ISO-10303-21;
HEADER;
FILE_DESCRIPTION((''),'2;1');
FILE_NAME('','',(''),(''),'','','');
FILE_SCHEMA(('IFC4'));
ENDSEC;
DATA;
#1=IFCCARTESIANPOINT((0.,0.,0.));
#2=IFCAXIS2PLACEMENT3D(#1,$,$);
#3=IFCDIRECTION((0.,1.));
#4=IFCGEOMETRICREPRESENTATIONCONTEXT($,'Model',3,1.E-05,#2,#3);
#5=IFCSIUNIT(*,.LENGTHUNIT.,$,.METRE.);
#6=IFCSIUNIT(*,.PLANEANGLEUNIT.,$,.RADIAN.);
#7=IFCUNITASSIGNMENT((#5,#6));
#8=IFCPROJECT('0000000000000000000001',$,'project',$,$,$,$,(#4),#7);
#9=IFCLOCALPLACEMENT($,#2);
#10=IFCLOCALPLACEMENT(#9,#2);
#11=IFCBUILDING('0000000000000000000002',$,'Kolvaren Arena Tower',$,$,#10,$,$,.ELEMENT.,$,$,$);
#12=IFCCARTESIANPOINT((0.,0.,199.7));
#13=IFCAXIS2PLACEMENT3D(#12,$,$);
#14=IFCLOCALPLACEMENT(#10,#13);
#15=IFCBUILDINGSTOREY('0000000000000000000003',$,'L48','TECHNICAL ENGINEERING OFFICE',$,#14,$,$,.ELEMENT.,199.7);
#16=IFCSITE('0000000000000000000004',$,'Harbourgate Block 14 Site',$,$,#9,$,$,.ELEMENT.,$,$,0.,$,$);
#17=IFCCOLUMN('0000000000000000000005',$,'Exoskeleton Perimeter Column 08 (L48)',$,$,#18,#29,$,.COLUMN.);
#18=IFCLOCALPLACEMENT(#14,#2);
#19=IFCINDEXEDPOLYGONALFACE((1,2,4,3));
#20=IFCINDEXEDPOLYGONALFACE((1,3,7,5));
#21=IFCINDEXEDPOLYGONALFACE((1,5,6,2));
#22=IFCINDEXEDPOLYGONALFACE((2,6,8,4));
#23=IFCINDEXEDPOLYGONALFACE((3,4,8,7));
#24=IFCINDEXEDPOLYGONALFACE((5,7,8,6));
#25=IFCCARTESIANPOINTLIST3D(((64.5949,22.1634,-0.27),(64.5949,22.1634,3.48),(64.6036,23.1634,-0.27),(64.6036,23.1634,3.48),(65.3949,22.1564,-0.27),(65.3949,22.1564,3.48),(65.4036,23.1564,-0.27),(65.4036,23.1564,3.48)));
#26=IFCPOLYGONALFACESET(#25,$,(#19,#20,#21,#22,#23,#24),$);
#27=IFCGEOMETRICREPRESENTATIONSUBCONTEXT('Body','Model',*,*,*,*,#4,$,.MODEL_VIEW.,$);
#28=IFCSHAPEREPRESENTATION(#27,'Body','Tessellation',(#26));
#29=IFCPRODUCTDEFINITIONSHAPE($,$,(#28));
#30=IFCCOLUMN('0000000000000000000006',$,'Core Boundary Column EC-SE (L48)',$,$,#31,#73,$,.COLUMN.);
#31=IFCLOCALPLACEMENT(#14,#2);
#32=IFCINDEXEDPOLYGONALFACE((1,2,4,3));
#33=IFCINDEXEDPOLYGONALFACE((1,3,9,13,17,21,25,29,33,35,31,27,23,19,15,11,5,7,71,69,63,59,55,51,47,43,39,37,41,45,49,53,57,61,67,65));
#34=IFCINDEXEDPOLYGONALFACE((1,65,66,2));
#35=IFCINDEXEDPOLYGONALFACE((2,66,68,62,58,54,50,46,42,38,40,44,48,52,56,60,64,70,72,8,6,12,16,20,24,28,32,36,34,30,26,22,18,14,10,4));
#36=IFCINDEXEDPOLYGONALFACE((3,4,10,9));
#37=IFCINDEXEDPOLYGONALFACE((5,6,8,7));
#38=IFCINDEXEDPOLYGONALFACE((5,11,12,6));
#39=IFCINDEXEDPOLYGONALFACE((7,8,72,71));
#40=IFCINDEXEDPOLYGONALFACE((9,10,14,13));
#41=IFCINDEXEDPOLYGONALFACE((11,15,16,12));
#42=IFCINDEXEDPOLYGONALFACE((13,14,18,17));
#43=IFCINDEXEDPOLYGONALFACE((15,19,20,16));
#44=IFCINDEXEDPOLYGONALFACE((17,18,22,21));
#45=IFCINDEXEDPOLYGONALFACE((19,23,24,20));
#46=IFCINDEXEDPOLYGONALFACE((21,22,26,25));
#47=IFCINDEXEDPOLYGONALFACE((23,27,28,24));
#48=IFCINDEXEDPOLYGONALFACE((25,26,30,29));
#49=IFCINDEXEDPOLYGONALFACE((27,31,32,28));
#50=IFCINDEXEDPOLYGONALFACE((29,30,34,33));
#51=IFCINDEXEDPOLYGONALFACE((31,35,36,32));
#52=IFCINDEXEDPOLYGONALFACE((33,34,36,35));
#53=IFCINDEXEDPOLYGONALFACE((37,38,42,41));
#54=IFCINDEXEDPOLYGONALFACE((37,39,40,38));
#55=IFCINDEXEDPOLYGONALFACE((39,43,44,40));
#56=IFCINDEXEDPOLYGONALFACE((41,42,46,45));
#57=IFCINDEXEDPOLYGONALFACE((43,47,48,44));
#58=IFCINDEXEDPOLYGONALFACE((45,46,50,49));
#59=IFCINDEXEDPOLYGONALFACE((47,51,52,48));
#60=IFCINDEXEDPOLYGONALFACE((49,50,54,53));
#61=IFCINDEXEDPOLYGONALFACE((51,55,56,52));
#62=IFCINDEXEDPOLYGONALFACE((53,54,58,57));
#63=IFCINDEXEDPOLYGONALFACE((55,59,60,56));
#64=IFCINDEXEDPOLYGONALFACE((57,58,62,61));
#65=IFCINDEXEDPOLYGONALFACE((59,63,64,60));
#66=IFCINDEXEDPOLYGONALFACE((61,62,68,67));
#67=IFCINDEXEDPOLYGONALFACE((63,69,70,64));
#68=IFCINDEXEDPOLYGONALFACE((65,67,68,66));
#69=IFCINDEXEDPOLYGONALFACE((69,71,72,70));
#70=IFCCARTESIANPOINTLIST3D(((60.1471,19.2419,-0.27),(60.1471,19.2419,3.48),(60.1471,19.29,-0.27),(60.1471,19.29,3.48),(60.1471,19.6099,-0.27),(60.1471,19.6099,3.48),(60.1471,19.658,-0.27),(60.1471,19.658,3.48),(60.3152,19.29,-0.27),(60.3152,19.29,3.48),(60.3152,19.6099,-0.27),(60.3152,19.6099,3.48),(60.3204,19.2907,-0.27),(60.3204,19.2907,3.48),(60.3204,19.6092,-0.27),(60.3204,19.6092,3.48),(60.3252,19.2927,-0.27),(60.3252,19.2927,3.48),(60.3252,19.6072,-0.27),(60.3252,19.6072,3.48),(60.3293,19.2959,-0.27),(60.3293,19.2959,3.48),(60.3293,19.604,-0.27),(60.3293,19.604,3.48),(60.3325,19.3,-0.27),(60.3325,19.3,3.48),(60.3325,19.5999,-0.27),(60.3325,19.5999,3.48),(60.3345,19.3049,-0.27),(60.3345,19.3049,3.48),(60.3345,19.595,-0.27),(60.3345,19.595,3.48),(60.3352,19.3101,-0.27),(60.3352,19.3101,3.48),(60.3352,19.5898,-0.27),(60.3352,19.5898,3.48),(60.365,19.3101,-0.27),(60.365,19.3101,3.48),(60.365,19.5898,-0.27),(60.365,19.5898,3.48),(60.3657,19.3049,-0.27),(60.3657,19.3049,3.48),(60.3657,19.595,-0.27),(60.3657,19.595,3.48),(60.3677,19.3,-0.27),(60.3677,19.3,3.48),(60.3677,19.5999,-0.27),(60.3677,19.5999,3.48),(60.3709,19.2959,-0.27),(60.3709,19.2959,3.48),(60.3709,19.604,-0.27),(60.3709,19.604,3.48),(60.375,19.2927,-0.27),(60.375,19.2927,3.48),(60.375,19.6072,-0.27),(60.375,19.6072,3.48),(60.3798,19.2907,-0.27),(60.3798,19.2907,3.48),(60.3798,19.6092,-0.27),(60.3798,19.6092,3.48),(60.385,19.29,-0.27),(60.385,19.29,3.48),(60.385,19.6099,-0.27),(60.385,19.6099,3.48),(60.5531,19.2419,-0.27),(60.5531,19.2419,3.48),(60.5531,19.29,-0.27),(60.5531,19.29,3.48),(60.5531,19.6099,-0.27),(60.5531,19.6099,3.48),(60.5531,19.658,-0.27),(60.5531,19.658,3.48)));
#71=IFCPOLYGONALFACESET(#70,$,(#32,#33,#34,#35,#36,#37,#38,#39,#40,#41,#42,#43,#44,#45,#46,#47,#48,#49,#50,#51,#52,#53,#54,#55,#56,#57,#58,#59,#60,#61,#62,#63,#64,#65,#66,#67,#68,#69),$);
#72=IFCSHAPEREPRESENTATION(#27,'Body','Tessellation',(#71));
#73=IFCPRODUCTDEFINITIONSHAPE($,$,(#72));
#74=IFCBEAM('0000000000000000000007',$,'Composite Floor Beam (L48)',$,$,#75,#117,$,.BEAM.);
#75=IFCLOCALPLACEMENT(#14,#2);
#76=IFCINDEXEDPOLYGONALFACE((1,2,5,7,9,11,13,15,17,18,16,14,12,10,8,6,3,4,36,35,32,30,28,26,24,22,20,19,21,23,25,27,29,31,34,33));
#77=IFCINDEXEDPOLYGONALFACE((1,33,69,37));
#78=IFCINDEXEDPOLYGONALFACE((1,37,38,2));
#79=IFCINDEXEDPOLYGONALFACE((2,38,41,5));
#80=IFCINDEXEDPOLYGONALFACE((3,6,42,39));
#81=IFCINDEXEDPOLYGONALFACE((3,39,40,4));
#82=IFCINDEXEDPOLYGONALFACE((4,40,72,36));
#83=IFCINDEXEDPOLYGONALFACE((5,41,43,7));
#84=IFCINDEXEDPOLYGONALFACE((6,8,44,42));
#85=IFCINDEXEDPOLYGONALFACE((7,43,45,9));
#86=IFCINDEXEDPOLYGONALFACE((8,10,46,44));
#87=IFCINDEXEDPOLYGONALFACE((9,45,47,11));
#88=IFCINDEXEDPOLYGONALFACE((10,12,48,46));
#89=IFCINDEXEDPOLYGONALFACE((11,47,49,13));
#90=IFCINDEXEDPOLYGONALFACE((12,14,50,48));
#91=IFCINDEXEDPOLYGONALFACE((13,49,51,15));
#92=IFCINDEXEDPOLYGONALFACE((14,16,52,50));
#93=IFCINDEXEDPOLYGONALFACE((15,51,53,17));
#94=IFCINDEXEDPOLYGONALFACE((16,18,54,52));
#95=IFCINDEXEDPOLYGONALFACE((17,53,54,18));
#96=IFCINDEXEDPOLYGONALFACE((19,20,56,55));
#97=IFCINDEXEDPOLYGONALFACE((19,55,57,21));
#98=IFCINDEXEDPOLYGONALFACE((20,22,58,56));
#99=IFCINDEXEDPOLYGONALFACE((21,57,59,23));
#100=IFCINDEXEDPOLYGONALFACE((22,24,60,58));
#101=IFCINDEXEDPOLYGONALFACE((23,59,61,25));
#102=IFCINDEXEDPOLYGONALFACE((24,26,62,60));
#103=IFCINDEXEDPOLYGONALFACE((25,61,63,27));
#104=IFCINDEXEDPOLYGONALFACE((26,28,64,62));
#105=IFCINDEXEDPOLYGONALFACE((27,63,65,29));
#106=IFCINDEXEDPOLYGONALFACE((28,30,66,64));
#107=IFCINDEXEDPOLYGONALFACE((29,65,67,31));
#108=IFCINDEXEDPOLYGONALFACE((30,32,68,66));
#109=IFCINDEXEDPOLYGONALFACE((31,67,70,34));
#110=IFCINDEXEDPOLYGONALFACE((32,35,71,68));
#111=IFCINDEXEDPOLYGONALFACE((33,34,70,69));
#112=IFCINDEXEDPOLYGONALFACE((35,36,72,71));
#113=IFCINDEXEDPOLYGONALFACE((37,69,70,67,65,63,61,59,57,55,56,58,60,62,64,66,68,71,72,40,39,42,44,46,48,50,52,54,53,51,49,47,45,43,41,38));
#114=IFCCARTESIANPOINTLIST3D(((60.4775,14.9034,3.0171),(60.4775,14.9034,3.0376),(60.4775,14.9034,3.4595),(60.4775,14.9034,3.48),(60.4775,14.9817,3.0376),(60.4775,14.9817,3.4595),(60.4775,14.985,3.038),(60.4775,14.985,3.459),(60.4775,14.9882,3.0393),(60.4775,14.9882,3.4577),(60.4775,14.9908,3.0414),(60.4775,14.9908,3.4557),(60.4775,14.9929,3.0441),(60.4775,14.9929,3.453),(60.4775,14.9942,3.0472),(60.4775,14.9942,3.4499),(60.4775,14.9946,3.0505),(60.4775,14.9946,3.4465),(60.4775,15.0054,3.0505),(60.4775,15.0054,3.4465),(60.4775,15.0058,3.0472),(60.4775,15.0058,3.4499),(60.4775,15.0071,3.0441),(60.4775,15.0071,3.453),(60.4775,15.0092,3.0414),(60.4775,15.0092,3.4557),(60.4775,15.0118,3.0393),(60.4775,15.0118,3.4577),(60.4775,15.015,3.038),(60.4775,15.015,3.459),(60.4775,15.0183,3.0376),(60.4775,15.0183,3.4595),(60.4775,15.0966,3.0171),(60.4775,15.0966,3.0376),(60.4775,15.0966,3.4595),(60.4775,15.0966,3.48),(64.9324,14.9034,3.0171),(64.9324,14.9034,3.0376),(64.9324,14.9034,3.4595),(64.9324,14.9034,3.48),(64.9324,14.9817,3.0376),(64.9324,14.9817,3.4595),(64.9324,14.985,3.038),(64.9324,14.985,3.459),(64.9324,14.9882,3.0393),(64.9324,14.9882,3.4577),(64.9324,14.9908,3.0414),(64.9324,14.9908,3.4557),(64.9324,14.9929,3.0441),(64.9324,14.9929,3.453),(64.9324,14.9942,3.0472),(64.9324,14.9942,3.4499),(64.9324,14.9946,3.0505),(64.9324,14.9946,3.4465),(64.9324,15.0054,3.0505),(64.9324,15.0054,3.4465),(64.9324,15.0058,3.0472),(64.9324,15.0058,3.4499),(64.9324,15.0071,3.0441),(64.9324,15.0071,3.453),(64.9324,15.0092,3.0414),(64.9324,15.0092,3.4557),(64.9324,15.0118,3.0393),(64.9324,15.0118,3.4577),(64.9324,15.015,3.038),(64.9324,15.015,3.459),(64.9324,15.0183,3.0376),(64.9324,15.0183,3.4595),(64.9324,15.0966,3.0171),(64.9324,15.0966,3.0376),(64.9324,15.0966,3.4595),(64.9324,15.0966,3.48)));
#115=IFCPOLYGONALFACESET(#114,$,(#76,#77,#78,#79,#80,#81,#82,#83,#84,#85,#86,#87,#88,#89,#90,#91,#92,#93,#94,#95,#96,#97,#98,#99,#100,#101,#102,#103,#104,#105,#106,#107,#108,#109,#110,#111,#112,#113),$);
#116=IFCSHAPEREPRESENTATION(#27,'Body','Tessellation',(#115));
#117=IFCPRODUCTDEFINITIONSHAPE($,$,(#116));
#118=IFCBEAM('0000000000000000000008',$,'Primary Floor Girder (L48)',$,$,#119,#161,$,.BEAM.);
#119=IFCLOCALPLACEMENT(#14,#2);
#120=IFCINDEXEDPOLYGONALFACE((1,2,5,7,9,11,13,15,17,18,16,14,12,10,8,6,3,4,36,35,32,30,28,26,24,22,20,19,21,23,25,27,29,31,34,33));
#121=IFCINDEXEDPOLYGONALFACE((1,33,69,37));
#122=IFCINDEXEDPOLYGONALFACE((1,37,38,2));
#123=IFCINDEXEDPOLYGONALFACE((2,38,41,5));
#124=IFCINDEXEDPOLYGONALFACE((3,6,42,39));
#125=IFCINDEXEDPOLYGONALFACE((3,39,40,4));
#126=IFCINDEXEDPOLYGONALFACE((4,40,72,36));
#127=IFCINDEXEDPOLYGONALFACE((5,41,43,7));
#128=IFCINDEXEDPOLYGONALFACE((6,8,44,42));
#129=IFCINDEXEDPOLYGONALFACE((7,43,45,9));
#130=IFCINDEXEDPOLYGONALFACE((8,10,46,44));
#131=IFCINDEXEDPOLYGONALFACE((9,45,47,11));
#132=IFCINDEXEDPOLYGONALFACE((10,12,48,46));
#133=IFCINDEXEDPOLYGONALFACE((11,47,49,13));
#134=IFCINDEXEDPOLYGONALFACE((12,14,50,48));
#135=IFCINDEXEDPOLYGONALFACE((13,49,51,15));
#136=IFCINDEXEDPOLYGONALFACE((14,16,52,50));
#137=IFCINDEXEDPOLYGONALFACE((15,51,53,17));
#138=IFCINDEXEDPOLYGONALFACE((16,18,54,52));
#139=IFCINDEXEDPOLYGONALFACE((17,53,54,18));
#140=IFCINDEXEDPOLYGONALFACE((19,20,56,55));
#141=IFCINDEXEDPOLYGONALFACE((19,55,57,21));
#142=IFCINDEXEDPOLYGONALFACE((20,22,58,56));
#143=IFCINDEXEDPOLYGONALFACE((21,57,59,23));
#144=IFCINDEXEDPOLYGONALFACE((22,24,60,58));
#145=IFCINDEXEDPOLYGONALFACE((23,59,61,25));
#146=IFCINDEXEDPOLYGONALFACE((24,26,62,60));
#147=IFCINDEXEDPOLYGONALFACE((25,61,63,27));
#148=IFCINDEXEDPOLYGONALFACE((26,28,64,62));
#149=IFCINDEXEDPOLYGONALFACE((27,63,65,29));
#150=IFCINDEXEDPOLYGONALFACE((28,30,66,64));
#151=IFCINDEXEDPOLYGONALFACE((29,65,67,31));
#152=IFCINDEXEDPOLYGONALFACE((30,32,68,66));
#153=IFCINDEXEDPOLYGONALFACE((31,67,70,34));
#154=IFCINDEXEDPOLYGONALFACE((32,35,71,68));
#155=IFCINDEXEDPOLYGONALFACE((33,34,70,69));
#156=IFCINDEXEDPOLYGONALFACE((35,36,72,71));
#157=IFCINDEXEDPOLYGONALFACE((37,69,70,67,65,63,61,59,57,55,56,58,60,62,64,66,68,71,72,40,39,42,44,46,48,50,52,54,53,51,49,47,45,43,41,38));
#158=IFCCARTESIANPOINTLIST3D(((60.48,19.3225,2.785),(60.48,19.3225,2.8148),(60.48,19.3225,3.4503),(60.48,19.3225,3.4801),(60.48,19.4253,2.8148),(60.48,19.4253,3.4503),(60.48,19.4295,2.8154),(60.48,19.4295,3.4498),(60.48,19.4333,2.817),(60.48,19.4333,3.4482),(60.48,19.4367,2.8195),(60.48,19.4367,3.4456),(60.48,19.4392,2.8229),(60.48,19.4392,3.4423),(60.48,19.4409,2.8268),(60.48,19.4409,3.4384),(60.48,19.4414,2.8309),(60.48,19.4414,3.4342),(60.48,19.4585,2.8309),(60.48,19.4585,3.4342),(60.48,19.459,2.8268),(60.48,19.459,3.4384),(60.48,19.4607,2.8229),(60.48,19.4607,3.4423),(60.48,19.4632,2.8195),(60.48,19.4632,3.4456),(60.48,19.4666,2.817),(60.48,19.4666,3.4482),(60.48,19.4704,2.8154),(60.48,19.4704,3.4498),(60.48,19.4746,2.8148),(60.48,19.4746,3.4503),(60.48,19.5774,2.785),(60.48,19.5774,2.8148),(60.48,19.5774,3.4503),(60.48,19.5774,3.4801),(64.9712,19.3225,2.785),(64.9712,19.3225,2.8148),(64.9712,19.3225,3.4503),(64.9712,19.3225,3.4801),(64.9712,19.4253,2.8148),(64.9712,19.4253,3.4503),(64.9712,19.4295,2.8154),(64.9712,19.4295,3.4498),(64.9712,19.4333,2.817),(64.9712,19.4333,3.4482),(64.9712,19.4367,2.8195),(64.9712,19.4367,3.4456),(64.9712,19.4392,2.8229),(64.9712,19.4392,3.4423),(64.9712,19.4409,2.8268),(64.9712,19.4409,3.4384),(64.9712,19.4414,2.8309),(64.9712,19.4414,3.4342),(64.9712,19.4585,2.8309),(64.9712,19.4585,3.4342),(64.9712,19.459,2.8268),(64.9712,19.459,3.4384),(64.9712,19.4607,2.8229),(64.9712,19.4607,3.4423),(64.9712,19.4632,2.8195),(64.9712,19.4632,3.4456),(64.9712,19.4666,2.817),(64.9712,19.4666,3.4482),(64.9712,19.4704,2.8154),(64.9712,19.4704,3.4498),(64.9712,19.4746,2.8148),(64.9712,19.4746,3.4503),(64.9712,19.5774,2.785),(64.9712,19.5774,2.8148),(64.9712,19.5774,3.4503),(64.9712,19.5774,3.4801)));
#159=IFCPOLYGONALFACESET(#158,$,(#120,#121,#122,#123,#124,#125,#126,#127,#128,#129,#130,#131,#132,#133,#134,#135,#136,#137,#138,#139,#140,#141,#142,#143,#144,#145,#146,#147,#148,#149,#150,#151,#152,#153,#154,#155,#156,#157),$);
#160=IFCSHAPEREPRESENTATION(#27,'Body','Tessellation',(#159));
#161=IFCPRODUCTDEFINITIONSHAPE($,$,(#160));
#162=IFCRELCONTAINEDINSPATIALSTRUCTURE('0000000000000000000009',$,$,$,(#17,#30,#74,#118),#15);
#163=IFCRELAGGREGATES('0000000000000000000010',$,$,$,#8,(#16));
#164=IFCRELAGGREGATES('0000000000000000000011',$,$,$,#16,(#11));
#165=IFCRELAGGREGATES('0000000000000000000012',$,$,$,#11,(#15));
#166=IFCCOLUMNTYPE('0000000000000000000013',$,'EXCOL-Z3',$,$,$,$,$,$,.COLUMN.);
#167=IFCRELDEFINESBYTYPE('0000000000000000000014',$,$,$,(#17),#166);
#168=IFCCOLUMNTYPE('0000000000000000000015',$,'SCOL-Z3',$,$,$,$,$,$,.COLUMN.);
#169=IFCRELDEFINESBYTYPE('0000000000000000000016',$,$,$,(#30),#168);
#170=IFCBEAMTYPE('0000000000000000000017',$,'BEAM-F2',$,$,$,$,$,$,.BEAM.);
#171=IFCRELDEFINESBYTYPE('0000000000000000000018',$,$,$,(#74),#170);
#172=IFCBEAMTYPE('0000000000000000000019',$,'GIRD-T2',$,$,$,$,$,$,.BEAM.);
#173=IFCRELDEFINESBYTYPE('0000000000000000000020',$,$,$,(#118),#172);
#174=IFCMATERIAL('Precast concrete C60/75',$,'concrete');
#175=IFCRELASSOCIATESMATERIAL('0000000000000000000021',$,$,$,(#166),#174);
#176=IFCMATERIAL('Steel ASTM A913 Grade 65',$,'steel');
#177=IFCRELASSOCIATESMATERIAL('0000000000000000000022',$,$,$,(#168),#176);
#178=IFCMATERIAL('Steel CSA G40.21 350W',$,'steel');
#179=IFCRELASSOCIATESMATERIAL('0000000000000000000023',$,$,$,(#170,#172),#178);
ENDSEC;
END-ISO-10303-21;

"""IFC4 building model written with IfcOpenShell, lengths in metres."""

from ifc_helpers import new_model, si_unit, direction, frame, origin, origin_2d, place, context, subcontext, project, spatial, rectangle, i_section, extrude, material, material_profile, profile_set, type_object, element, save


model = new_model("IFC4")

# Units and contexts
model_context = context("Model", 3, precision=1e-05, world=origin(), true_north=direction((0.0, 1.0)))
body_context = subcontext(model_context, "Body", "Model", "MODEL_VIEW")
ifc_project = project(units=[si_unit("LENGTHUNIT", "METRE"), si_unit("PLANEANGLEUNIT", "RADIAN")], contexts=[model_context])

# Site, building, storey
site_placement = place(None, origin())
site = spatial("IfcSite", under=ifc_project, at=site_placement, Name="Harbourgate Block 14 Site", CompositionType="ELEMENT", RefElevation=0.0)
building_placement = place(site_placement, origin())
building = spatial("IfcBuilding", under=site, at=building_placement, Name="Kolvaren Arena Tower", CompositionType="ELEMENT")
storey_placement = place(building_placement, frame((0.0, 0.0, 199.7)))
storey = spatial("IfcBuildingStorey", under=building, at=storey_placement, Name="L48", Description="TECHNICAL ENGINEERING OFFICE", CompositionType="ELEMENT", Elevation=199.7)

# Columns
ifc_material_1 = material(Name="Precast concrete C60/75", Category="concrete")
ifc_material_profile_1 = material_profile(ifc_material_1, rectangle(XDim=1.0, YDim=0.8, at=origin_2d()), Name="RC-1000x800")
ifc_profile_set_1 = profile_set([ifc_material_profile_1], Name="Precast concrete C60/75")
column_type_1 = type_object("IfcColumnType", Name="EXCOL-Z3", PredefinedType="COLUMN", material=ifc_profile_set_1)
column_1_placement = place(storey_placement, frame((64.9993, 22.6599, -0.27), z_axis=(0.0, 0.0, 1.0), x_axis=(0.008727, 0.999962, 0.0)))
element("IfcColumn", 1, at=column_1_placement, inside=storey, type_object=column_type_1, Name="Exoskeleton Perimeter Column 08 (L48)", PredefinedType="COLUMN", context=body_context, shape_type="SweptSolid", body=[
    extrude(rectangle(XDim=1.0, YDim=0.8, at=origin_2d()), origin(), (0.0, 0.0, 1.0), 3.75),
])
ifc_material_2 = material(Name="Steel ASTM A913 Grade 65", Category="steel")
ifc_material_profile_2 = material_profile(ifc_material_2, i_section(OverallWidth=0.406, OverallDepth=0.416, WebThickness=0.0298, FlangeThickness=0.0481, FilletRadius=0.02, at=origin_2d()), Name="W360x382")
ifc_profile_set_2 = profile_set([ifc_material_profile_2], Name="Steel ASTM A913 Grade 65")
column_type_2 = type_object("IfcColumnType", Name="SCOL-Z3", PredefinedType="COLUMN", material=ifc_profile_set_2)
column_2_placement = place(storey_placement, frame((60.3501, 19.45, -0.27), z_axis=(0.0, 0.0, 1.0), x_axis=(1.0, 0.0, 0.0)))
element("IfcColumn", 2, at=column_2_placement, inside=storey, type_object=column_type_2, Name="Core Boundary Column EC-SE (L48)", PredefinedType="COLUMN", context=body_context, shape_type="SweptSolid", body=[
    extrude(i_section(OverallWidth=0.406, OverallDepth=0.416, WebThickness=0.0298, FlangeThickness=0.0481, FilletRadius=0.02, at=origin_2d()), origin(), (0.0, 0.0, 1.0), 3.75),
])

# Beams
ifc_material_3 = material(Name="Steel CSA G40.21 350W", Category="steel")
ifc_material_profile_3 = material_profile(ifc_material_3, i_section(OverallWidth=0.1931, OverallDepth=0.4629, WebThickness=0.0107, FlangeThickness=0.0205, FilletRadius=0.0129, at=origin_2d()), Name="W460x113")
ifc_profile_set_3 = profile_set([ifc_material_profile_3], Name="Steel CSA G40.21 350W")
beam_type_1 = type_object("IfcBeamType", Name="BEAM-F2", PredefinedType="BEAM", material=ifc_profile_set_3)
beam_1_placement = place(storey_placement, frame((60.4775, 15.0, 3.2485), z_axis=(1.0, 0.0, 0.0), x_axis=(0.0, 1.0, 0.0)))
element("IfcBeam", 3, at=beam_1_placement, inside=storey, type_object=beam_type_1, Name="Composite Floor Beam (L48)", PredefinedType="BEAM", context=body_context, shape_type="SweptSolid", body=[
    extrude(i_section(OverallWidth=0.1931, OverallDepth=0.4629, WebThickness=0.0107, FlangeThickness=0.0205, FilletRadius=0.0129, at=origin_2d()), origin(), (0.0, 0.0, 1.0), 4.4548),
])
ifc_material_profile_4 = material_profile(ifc_material_3, i_section(OverallWidth=0.2549, OverallDepth=0.6951, WebThickness=0.0171, FlangeThickness=0.0298, FilletRadius=0.0161, at=origin_2d()), Name="W690x217")
ifc_profile_set_4 = profile_set([ifc_material_profile_4], Name="Steel CSA G40.21 350W")
beam_type_2 = type_object("IfcBeamType", Name="GIRD-T2", PredefinedType="BEAM", material=ifc_profile_set_4)
beam_2_placement = place(storey_placement, frame((60.48, 19.45, 3.1326), z_axis=(1.0, 0.0, 0.0), x_axis=(0.0, 1.0, 0.0)))
element("IfcBeam", 4, at=beam_2_placement, inside=storey, type_object=beam_type_2, Name="Primary Floor Girder (L48)", PredefinedType="BEAM", context=body_context, shape_type="SweptSolid", body=[
    extrude(i_section(OverallWidth=0.2549, OverallDepth=0.6951, WebThickness=0.0171, FlangeThickness=0.0298, FilletRadius=0.0161, at=origin_2d()), origin(), (0.0, 0.0, 1.0), 4.4912),
])

save(model, "model.ifc")
